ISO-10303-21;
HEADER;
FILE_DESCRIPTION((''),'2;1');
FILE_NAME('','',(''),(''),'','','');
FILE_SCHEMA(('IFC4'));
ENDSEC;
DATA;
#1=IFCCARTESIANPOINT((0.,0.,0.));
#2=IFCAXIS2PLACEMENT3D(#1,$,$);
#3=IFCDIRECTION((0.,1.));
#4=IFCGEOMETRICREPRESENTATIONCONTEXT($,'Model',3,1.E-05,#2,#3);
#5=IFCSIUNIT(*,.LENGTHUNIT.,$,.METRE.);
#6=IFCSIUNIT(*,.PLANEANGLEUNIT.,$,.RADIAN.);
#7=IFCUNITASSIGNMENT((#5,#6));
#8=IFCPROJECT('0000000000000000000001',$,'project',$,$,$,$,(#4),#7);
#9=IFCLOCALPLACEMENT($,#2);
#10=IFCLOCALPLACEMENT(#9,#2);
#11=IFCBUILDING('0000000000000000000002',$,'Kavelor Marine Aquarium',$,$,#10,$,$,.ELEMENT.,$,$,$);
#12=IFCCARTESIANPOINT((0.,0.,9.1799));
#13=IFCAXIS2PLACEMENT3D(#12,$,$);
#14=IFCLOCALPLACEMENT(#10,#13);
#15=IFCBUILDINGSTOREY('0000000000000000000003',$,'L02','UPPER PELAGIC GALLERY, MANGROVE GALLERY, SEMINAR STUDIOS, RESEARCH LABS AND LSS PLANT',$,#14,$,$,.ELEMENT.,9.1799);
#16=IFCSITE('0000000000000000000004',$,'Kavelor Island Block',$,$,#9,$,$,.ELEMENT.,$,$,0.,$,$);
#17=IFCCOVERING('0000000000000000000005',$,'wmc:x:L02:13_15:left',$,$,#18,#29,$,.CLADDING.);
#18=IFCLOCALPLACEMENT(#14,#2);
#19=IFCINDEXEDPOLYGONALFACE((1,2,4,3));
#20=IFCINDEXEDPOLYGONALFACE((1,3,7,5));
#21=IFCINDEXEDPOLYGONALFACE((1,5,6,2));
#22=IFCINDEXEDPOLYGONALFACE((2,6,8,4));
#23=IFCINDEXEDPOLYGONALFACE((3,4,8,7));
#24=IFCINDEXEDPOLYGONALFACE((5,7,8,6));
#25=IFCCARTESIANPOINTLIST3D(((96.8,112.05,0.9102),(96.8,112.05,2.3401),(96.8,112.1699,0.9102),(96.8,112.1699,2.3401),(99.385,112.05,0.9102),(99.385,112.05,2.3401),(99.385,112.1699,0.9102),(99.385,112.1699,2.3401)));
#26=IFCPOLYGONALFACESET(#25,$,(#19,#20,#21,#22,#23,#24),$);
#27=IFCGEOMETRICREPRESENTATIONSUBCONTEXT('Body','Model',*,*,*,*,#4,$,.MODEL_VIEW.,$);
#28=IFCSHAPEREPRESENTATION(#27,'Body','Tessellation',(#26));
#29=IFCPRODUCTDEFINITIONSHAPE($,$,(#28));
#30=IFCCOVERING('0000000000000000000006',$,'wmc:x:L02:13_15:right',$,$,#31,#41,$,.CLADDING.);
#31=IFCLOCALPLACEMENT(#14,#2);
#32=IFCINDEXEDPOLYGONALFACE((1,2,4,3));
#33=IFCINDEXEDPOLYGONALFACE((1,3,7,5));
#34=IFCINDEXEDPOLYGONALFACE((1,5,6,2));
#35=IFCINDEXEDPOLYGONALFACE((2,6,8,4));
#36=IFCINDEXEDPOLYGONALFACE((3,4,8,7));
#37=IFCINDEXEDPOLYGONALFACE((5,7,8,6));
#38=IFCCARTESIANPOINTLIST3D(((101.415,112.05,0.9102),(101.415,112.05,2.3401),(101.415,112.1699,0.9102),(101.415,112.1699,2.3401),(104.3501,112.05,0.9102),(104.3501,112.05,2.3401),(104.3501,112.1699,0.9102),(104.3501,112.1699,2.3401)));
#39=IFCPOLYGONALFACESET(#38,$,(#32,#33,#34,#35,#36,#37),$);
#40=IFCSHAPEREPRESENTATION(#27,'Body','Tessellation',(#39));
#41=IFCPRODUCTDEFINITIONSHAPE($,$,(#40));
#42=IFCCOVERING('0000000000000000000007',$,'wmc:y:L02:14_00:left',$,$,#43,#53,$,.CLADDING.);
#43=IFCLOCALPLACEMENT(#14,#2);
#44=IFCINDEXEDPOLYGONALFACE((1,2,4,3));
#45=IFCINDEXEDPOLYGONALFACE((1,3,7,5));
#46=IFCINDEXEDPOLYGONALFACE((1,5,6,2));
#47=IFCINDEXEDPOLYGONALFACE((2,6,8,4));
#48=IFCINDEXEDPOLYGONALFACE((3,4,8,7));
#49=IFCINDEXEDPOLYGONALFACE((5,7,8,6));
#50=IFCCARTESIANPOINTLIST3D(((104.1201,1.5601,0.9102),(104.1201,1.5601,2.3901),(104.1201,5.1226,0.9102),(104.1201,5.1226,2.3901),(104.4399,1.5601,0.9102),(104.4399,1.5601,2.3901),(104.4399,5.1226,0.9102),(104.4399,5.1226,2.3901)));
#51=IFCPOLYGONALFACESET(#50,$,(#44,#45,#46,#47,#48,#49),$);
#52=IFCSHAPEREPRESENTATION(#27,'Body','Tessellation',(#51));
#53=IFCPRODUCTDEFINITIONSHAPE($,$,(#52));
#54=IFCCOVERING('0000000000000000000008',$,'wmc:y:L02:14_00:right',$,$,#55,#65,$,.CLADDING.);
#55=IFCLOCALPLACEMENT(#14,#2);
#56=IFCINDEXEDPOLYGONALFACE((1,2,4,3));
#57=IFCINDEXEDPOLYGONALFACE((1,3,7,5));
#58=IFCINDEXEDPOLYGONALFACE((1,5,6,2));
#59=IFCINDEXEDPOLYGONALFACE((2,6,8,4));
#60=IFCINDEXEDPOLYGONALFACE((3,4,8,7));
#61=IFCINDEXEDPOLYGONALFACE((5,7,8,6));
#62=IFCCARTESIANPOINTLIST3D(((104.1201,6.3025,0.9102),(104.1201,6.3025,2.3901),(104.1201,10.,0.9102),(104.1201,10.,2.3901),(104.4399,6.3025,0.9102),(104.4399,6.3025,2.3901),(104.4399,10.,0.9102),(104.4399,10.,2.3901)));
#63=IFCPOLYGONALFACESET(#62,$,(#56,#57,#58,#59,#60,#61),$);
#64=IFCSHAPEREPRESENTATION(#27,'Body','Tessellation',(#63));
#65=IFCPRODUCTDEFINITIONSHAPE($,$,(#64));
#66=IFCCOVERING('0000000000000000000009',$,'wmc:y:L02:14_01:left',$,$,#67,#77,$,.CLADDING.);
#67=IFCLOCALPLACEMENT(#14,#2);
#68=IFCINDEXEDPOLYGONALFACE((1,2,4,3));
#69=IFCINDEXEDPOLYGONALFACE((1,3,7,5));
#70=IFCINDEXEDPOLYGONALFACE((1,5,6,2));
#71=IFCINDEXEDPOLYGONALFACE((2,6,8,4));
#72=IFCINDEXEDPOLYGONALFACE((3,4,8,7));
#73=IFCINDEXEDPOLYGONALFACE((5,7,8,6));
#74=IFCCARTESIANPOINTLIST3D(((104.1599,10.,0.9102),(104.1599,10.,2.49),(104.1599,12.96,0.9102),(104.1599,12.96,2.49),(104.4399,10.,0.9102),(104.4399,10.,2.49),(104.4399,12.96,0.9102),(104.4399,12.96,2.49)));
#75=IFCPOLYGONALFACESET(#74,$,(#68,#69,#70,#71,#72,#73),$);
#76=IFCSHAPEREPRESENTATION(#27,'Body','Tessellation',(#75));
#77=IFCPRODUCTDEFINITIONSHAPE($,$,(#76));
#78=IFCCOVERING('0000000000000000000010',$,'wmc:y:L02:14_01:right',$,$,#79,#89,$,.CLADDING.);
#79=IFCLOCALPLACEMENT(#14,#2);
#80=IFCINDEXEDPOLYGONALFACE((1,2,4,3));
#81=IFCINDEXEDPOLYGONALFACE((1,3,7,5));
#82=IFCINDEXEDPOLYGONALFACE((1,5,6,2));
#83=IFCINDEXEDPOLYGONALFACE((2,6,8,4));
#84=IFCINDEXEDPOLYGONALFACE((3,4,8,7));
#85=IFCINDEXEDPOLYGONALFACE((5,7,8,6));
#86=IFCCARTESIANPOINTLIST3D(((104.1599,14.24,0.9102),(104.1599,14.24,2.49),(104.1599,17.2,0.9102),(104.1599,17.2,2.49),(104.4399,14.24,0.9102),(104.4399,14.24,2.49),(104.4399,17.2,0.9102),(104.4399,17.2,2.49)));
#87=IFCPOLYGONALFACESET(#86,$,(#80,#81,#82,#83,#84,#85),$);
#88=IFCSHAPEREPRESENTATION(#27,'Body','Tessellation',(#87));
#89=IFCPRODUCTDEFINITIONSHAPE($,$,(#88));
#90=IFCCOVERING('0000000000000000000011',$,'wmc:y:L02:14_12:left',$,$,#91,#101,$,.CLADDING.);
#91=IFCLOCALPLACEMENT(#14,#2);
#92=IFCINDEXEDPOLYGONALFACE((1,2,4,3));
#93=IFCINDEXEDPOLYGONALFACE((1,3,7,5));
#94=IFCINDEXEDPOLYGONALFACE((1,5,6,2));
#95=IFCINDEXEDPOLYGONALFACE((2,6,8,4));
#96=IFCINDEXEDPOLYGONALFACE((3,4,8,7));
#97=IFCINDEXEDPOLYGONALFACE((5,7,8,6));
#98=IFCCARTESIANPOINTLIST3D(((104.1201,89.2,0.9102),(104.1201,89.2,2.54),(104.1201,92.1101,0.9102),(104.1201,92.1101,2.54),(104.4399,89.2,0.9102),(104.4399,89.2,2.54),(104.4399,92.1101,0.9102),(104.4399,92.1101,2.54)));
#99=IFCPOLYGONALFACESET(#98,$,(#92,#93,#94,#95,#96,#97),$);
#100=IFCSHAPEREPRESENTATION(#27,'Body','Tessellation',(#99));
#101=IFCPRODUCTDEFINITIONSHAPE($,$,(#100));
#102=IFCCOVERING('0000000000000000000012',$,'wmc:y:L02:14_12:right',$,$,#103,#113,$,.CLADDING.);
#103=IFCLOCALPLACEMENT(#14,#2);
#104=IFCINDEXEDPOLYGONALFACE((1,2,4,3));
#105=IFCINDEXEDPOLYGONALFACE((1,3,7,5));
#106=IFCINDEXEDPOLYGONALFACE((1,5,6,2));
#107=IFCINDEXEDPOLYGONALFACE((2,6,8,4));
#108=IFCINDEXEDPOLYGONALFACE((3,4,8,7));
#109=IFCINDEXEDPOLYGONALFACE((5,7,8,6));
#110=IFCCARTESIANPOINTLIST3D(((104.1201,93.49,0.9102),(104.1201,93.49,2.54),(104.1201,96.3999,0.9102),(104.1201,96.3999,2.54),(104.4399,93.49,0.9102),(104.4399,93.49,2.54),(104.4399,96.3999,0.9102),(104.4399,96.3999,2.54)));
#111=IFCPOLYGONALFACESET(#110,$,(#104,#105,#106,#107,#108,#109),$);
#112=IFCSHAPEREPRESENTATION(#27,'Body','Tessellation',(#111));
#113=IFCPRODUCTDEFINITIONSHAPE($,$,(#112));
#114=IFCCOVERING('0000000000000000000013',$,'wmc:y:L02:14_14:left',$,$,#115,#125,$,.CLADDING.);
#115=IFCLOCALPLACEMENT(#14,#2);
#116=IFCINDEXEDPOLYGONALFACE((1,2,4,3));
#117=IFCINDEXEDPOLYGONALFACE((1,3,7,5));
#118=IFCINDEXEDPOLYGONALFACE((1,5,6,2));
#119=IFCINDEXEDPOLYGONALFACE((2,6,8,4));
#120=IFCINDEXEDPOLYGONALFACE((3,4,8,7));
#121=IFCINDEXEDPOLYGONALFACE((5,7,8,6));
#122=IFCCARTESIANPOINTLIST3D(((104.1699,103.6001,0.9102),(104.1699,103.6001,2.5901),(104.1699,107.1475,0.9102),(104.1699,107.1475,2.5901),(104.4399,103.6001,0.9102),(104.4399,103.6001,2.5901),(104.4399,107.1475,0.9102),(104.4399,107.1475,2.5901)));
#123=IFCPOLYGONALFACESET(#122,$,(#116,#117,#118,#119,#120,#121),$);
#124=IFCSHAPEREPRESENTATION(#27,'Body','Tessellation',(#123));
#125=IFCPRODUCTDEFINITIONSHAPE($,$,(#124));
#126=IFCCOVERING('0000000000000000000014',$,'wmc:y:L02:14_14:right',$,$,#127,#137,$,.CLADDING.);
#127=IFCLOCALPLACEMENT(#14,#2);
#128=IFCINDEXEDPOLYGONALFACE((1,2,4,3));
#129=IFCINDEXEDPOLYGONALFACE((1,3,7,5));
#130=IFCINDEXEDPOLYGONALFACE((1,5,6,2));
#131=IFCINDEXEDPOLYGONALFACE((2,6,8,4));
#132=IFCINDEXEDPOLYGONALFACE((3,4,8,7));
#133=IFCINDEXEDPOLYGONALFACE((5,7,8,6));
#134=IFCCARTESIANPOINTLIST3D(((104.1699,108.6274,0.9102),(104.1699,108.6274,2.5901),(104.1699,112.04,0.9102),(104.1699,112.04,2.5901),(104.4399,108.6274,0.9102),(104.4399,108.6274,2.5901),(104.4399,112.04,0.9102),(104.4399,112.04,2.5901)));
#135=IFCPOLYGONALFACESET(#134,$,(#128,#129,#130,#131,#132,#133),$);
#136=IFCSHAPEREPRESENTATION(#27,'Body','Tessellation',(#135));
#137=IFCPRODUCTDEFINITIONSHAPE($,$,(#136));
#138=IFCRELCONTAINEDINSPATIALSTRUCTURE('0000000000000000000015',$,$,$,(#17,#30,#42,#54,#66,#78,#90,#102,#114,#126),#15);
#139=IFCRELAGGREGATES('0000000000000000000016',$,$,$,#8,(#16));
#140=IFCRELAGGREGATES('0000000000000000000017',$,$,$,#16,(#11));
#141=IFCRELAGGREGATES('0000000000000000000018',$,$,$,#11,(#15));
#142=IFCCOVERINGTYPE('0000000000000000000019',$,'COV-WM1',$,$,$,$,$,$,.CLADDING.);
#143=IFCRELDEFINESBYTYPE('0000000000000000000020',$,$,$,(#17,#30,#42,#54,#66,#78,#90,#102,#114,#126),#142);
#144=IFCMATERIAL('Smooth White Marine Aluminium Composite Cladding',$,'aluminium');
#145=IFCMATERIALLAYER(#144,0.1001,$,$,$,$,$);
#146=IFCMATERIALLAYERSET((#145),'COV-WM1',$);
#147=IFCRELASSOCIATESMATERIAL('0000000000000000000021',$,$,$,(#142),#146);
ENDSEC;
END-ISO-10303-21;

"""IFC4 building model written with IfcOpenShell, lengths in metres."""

from ifc_helpers import new_model, si_unit, direction, frame, origin, place, context, subcontext, project, spatial, polyline, outline, extrude, material, layer, layer_set, type_object, element, save


model = new_model("IFC4")

# Units and contexts
model_context = context("Model", 3, precision=1e-05, world=origin(), true_north=direction((0.0, 1.0)))
body_context = subcontext(model_context, "Body", "Model", "MODEL_VIEW")
ifc_project = project(units=[si_unit("LENGTHUNIT", "METRE"), si_unit("PLANEANGLEUNIT", "RADIAN")], contexts=[model_context])

# Site, building, storey
site_placement = place(None, origin())
site = spatial("IfcSite", under=ifc_project, at=site_placement, Name="Kavelor Island Block", CompositionType="ELEMENT", RefElevation=0.0)
building_placement = place(site_placement, origin())
building = spatial("IfcBuilding", under=site, at=building_placement, Name="Kavelor Marine Aquarium", CompositionType="ELEMENT")
storey_placement = place(building_placement, frame((0.0, 0.0, 9.1799)))
storey = spatial("IfcBuildingStorey", under=building, at=storey_placement, Name="L02", Description="UPPER PELAGIC GALLERY, MANGROVE GALLERY, SEMINAR STUDIOS, RESEARCH LABS AND LSS PLANT", CompositionType="ELEMENT", Elevation=9.1799)

# Coverings
ifc_material_1 = material(Name="Smooth White Marine Aluminium Composite Cladding", Category="aluminium")
ifc_layer_1 = layer(ifc_material_1, 0.1001)
ifc_layer_set_1 = layer_set([ifc_layer_1], Name="COV-WM1")
covering_type = type_object("IfcCoveringType", Name="COV-WM1", PredefinedType="CLADDING", material=ifc_layer_set_1)
covering_1_placement = place(storey_placement, frame((0.0, 0.0, 0.9102)))
element("IfcCovering", 1, at=covering_1_placement, inside=storey, type_object=covering_type, Name="wmc:x:L02:13_15:left", PredefinedType="CLADDING", context=body_context, shape_type="SweptSolid", body=[
    extrude(outline(polyline([(96.8, 112.05), (99.385, 112.05), (99.385, 112.1699), (96.8, 112.1699), (96.8, 112.05)])), origin(), (0.0, 0.0, 1.0), 1.4299),
])
covering_2_placement = place(storey_placement, frame((0.0, 0.0, 0.9102)))
element("IfcCovering", 2, at=covering_2_placement, inside=storey, type_object=covering_type, Name="wmc:x:L02:13_15:right", PredefinedType="CLADDING", context=body_context, shape_type="SweptSolid", body=[
    extrude(outline(polyline([(101.415, 112.05), (104.3501, 112.05), (104.3501, 112.1699), (101.415, 112.1699), (101.415, 112.05)])), origin(), (0.0, 0.0, 1.0), 1.4299),
])
covering_3_placement = place(storey_placement, frame((0.0, 0.0, 0.9102)))
element("IfcCovering", 3, at=covering_3_placement, inside=storey, type_object=covering_type, Name="wmc:y:L02:14_00:left", PredefinedType="CLADDING", context=body_context, shape_type="SweptSolid", body=[
    extrude(outline(polyline([(104.1201, 1.5601), (104.4399, 1.5601), (104.4399, 5.1226), (104.1201, 5.1226), (104.1201, 1.5601)])), origin(), (0.0, 0.0, 1.0), 1.48),
])
covering_4_placement = place(storey_placement, frame((0.0, 0.0, 0.9102)))
element("IfcCovering", 4, at=covering_4_placement, inside=storey, type_object=covering_type, Name="wmc:y:L02:14_00:right", PredefinedType="CLADDING", context=body_context, shape_type="SweptSolid", body=[
    extrude(outline(polyline([(104.1201, 6.3025), (104.4399, 6.3025), (104.4399, 10.0), (104.1201, 10.0), (104.1201, 6.3025)])), origin(), (0.0, 0.0, 1.0), 1.48),
])
covering_5_placement = place(storey_placement, frame((0.0, 0.0, 0.9102)))
element("IfcCovering", 5, at=covering_5_placement, inside=storey, type_object=covering_type, Name="wmc:y:L02:14_01:left", PredefinedType="CLADDING", context=body_context, shape_type="SweptSolid", body=[
    extrude(outline(polyline([(104.1599, 10.0), (104.4399, 10.0), (104.4399, 12.96), (104.1599, 12.96), (104.1599, 10.0)])), origin(), (0.0, 0.0, 1.0), 1.5798),
])
covering_6_placement = place(storey_placement, frame((0.0, 0.0, 0.9102)))
element("IfcCovering", 6, at=covering_6_placement, inside=storey, type_object=covering_type, Name="wmc:y:L02:14_01:right", PredefinedType="CLADDING", context=body_context, shape_type="SweptSolid", body=[
    extrude(outline(polyline([(104.1599, 14.24), (104.4399, 14.24), (104.4399, 17.2), (104.1599, 17.2), (104.1599, 14.24)])), origin(), (0.0, 0.0, 1.0), 1.5798),
])
covering_7_placement = place(storey_placement, frame((0.0, 0.0, 0.9102)))
element("IfcCovering", 7, at=covering_7_placement, inside=storey, type_object=covering_type, Name="wmc:y:L02:14_12:left", PredefinedType="CLADDING", context=body_context, shape_type="SweptSolid", body=[
    extrude(outline(polyline([(104.1201, 89.2), (104.4399, 89.2), (104.4399, 92.1101), (104.1201, 92.1101), (104.1201, 89.2)])), origin(), (0.0, 0.0, 1.0), 1.6299),
])
covering_8_placement = place(storey_placement, frame((0.0, 0.0, 0.9102)))
element("IfcCovering", 8, at=covering_8_placement, inside=storey, type_object=covering_type, Name="wmc:y:L02:14_12:right", PredefinedType="CLADDING", context=body_context, shape_type="SweptSolid", body=[
    extrude(outline(polyline([(104.1201, 93.49), (104.4399, 93.49), (104.4399, 96.3999), (104.1201, 96.3999), (104.1201, 93.49)])), origin(), (0.0, 0.0, 1.0), 1.6299),
])
covering_9_placement = place(storey_placement, frame((0.0, 0.0, 0.9102)))
element("IfcCovering", 9, at=covering_9_placement, inside=storey, type_object=covering_type, Name="wmc:y:L02:14_14:left", PredefinedType="CLADDING", context=body_context, shape_type="SweptSolid", body=[
    extrude(outline(polyline([(104.1699, 103.6001), (104.4399, 103.6001), (104.4399, 107.1475), (104.1699, 107.1475), (104.1699, 103.6001)])), origin(), (0.0, 0.0, 1.0), 1.6799),
])
covering_10_placement = place(storey_placement, frame((0.0, 0.0, 0.9102)))
element("IfcCovering", 10, at=covering_10_placement, inside=storey, type_object=covering_type, Name="wmc:y:L02:14_14:right", PredefinedType="CLADDING", context=body_context, shape_type="SweptSolid", body=[
    extrude(outline(polyline([(104.1699, 108.6274), (104.4399, 108.6274), (104.4399, 112.04), (104.1699, 112.04), (104.1699, 108.6274)])), origin(), (0.0, 0.0, 1.0), 1.6799),
])

save(model, "model.ifc")
